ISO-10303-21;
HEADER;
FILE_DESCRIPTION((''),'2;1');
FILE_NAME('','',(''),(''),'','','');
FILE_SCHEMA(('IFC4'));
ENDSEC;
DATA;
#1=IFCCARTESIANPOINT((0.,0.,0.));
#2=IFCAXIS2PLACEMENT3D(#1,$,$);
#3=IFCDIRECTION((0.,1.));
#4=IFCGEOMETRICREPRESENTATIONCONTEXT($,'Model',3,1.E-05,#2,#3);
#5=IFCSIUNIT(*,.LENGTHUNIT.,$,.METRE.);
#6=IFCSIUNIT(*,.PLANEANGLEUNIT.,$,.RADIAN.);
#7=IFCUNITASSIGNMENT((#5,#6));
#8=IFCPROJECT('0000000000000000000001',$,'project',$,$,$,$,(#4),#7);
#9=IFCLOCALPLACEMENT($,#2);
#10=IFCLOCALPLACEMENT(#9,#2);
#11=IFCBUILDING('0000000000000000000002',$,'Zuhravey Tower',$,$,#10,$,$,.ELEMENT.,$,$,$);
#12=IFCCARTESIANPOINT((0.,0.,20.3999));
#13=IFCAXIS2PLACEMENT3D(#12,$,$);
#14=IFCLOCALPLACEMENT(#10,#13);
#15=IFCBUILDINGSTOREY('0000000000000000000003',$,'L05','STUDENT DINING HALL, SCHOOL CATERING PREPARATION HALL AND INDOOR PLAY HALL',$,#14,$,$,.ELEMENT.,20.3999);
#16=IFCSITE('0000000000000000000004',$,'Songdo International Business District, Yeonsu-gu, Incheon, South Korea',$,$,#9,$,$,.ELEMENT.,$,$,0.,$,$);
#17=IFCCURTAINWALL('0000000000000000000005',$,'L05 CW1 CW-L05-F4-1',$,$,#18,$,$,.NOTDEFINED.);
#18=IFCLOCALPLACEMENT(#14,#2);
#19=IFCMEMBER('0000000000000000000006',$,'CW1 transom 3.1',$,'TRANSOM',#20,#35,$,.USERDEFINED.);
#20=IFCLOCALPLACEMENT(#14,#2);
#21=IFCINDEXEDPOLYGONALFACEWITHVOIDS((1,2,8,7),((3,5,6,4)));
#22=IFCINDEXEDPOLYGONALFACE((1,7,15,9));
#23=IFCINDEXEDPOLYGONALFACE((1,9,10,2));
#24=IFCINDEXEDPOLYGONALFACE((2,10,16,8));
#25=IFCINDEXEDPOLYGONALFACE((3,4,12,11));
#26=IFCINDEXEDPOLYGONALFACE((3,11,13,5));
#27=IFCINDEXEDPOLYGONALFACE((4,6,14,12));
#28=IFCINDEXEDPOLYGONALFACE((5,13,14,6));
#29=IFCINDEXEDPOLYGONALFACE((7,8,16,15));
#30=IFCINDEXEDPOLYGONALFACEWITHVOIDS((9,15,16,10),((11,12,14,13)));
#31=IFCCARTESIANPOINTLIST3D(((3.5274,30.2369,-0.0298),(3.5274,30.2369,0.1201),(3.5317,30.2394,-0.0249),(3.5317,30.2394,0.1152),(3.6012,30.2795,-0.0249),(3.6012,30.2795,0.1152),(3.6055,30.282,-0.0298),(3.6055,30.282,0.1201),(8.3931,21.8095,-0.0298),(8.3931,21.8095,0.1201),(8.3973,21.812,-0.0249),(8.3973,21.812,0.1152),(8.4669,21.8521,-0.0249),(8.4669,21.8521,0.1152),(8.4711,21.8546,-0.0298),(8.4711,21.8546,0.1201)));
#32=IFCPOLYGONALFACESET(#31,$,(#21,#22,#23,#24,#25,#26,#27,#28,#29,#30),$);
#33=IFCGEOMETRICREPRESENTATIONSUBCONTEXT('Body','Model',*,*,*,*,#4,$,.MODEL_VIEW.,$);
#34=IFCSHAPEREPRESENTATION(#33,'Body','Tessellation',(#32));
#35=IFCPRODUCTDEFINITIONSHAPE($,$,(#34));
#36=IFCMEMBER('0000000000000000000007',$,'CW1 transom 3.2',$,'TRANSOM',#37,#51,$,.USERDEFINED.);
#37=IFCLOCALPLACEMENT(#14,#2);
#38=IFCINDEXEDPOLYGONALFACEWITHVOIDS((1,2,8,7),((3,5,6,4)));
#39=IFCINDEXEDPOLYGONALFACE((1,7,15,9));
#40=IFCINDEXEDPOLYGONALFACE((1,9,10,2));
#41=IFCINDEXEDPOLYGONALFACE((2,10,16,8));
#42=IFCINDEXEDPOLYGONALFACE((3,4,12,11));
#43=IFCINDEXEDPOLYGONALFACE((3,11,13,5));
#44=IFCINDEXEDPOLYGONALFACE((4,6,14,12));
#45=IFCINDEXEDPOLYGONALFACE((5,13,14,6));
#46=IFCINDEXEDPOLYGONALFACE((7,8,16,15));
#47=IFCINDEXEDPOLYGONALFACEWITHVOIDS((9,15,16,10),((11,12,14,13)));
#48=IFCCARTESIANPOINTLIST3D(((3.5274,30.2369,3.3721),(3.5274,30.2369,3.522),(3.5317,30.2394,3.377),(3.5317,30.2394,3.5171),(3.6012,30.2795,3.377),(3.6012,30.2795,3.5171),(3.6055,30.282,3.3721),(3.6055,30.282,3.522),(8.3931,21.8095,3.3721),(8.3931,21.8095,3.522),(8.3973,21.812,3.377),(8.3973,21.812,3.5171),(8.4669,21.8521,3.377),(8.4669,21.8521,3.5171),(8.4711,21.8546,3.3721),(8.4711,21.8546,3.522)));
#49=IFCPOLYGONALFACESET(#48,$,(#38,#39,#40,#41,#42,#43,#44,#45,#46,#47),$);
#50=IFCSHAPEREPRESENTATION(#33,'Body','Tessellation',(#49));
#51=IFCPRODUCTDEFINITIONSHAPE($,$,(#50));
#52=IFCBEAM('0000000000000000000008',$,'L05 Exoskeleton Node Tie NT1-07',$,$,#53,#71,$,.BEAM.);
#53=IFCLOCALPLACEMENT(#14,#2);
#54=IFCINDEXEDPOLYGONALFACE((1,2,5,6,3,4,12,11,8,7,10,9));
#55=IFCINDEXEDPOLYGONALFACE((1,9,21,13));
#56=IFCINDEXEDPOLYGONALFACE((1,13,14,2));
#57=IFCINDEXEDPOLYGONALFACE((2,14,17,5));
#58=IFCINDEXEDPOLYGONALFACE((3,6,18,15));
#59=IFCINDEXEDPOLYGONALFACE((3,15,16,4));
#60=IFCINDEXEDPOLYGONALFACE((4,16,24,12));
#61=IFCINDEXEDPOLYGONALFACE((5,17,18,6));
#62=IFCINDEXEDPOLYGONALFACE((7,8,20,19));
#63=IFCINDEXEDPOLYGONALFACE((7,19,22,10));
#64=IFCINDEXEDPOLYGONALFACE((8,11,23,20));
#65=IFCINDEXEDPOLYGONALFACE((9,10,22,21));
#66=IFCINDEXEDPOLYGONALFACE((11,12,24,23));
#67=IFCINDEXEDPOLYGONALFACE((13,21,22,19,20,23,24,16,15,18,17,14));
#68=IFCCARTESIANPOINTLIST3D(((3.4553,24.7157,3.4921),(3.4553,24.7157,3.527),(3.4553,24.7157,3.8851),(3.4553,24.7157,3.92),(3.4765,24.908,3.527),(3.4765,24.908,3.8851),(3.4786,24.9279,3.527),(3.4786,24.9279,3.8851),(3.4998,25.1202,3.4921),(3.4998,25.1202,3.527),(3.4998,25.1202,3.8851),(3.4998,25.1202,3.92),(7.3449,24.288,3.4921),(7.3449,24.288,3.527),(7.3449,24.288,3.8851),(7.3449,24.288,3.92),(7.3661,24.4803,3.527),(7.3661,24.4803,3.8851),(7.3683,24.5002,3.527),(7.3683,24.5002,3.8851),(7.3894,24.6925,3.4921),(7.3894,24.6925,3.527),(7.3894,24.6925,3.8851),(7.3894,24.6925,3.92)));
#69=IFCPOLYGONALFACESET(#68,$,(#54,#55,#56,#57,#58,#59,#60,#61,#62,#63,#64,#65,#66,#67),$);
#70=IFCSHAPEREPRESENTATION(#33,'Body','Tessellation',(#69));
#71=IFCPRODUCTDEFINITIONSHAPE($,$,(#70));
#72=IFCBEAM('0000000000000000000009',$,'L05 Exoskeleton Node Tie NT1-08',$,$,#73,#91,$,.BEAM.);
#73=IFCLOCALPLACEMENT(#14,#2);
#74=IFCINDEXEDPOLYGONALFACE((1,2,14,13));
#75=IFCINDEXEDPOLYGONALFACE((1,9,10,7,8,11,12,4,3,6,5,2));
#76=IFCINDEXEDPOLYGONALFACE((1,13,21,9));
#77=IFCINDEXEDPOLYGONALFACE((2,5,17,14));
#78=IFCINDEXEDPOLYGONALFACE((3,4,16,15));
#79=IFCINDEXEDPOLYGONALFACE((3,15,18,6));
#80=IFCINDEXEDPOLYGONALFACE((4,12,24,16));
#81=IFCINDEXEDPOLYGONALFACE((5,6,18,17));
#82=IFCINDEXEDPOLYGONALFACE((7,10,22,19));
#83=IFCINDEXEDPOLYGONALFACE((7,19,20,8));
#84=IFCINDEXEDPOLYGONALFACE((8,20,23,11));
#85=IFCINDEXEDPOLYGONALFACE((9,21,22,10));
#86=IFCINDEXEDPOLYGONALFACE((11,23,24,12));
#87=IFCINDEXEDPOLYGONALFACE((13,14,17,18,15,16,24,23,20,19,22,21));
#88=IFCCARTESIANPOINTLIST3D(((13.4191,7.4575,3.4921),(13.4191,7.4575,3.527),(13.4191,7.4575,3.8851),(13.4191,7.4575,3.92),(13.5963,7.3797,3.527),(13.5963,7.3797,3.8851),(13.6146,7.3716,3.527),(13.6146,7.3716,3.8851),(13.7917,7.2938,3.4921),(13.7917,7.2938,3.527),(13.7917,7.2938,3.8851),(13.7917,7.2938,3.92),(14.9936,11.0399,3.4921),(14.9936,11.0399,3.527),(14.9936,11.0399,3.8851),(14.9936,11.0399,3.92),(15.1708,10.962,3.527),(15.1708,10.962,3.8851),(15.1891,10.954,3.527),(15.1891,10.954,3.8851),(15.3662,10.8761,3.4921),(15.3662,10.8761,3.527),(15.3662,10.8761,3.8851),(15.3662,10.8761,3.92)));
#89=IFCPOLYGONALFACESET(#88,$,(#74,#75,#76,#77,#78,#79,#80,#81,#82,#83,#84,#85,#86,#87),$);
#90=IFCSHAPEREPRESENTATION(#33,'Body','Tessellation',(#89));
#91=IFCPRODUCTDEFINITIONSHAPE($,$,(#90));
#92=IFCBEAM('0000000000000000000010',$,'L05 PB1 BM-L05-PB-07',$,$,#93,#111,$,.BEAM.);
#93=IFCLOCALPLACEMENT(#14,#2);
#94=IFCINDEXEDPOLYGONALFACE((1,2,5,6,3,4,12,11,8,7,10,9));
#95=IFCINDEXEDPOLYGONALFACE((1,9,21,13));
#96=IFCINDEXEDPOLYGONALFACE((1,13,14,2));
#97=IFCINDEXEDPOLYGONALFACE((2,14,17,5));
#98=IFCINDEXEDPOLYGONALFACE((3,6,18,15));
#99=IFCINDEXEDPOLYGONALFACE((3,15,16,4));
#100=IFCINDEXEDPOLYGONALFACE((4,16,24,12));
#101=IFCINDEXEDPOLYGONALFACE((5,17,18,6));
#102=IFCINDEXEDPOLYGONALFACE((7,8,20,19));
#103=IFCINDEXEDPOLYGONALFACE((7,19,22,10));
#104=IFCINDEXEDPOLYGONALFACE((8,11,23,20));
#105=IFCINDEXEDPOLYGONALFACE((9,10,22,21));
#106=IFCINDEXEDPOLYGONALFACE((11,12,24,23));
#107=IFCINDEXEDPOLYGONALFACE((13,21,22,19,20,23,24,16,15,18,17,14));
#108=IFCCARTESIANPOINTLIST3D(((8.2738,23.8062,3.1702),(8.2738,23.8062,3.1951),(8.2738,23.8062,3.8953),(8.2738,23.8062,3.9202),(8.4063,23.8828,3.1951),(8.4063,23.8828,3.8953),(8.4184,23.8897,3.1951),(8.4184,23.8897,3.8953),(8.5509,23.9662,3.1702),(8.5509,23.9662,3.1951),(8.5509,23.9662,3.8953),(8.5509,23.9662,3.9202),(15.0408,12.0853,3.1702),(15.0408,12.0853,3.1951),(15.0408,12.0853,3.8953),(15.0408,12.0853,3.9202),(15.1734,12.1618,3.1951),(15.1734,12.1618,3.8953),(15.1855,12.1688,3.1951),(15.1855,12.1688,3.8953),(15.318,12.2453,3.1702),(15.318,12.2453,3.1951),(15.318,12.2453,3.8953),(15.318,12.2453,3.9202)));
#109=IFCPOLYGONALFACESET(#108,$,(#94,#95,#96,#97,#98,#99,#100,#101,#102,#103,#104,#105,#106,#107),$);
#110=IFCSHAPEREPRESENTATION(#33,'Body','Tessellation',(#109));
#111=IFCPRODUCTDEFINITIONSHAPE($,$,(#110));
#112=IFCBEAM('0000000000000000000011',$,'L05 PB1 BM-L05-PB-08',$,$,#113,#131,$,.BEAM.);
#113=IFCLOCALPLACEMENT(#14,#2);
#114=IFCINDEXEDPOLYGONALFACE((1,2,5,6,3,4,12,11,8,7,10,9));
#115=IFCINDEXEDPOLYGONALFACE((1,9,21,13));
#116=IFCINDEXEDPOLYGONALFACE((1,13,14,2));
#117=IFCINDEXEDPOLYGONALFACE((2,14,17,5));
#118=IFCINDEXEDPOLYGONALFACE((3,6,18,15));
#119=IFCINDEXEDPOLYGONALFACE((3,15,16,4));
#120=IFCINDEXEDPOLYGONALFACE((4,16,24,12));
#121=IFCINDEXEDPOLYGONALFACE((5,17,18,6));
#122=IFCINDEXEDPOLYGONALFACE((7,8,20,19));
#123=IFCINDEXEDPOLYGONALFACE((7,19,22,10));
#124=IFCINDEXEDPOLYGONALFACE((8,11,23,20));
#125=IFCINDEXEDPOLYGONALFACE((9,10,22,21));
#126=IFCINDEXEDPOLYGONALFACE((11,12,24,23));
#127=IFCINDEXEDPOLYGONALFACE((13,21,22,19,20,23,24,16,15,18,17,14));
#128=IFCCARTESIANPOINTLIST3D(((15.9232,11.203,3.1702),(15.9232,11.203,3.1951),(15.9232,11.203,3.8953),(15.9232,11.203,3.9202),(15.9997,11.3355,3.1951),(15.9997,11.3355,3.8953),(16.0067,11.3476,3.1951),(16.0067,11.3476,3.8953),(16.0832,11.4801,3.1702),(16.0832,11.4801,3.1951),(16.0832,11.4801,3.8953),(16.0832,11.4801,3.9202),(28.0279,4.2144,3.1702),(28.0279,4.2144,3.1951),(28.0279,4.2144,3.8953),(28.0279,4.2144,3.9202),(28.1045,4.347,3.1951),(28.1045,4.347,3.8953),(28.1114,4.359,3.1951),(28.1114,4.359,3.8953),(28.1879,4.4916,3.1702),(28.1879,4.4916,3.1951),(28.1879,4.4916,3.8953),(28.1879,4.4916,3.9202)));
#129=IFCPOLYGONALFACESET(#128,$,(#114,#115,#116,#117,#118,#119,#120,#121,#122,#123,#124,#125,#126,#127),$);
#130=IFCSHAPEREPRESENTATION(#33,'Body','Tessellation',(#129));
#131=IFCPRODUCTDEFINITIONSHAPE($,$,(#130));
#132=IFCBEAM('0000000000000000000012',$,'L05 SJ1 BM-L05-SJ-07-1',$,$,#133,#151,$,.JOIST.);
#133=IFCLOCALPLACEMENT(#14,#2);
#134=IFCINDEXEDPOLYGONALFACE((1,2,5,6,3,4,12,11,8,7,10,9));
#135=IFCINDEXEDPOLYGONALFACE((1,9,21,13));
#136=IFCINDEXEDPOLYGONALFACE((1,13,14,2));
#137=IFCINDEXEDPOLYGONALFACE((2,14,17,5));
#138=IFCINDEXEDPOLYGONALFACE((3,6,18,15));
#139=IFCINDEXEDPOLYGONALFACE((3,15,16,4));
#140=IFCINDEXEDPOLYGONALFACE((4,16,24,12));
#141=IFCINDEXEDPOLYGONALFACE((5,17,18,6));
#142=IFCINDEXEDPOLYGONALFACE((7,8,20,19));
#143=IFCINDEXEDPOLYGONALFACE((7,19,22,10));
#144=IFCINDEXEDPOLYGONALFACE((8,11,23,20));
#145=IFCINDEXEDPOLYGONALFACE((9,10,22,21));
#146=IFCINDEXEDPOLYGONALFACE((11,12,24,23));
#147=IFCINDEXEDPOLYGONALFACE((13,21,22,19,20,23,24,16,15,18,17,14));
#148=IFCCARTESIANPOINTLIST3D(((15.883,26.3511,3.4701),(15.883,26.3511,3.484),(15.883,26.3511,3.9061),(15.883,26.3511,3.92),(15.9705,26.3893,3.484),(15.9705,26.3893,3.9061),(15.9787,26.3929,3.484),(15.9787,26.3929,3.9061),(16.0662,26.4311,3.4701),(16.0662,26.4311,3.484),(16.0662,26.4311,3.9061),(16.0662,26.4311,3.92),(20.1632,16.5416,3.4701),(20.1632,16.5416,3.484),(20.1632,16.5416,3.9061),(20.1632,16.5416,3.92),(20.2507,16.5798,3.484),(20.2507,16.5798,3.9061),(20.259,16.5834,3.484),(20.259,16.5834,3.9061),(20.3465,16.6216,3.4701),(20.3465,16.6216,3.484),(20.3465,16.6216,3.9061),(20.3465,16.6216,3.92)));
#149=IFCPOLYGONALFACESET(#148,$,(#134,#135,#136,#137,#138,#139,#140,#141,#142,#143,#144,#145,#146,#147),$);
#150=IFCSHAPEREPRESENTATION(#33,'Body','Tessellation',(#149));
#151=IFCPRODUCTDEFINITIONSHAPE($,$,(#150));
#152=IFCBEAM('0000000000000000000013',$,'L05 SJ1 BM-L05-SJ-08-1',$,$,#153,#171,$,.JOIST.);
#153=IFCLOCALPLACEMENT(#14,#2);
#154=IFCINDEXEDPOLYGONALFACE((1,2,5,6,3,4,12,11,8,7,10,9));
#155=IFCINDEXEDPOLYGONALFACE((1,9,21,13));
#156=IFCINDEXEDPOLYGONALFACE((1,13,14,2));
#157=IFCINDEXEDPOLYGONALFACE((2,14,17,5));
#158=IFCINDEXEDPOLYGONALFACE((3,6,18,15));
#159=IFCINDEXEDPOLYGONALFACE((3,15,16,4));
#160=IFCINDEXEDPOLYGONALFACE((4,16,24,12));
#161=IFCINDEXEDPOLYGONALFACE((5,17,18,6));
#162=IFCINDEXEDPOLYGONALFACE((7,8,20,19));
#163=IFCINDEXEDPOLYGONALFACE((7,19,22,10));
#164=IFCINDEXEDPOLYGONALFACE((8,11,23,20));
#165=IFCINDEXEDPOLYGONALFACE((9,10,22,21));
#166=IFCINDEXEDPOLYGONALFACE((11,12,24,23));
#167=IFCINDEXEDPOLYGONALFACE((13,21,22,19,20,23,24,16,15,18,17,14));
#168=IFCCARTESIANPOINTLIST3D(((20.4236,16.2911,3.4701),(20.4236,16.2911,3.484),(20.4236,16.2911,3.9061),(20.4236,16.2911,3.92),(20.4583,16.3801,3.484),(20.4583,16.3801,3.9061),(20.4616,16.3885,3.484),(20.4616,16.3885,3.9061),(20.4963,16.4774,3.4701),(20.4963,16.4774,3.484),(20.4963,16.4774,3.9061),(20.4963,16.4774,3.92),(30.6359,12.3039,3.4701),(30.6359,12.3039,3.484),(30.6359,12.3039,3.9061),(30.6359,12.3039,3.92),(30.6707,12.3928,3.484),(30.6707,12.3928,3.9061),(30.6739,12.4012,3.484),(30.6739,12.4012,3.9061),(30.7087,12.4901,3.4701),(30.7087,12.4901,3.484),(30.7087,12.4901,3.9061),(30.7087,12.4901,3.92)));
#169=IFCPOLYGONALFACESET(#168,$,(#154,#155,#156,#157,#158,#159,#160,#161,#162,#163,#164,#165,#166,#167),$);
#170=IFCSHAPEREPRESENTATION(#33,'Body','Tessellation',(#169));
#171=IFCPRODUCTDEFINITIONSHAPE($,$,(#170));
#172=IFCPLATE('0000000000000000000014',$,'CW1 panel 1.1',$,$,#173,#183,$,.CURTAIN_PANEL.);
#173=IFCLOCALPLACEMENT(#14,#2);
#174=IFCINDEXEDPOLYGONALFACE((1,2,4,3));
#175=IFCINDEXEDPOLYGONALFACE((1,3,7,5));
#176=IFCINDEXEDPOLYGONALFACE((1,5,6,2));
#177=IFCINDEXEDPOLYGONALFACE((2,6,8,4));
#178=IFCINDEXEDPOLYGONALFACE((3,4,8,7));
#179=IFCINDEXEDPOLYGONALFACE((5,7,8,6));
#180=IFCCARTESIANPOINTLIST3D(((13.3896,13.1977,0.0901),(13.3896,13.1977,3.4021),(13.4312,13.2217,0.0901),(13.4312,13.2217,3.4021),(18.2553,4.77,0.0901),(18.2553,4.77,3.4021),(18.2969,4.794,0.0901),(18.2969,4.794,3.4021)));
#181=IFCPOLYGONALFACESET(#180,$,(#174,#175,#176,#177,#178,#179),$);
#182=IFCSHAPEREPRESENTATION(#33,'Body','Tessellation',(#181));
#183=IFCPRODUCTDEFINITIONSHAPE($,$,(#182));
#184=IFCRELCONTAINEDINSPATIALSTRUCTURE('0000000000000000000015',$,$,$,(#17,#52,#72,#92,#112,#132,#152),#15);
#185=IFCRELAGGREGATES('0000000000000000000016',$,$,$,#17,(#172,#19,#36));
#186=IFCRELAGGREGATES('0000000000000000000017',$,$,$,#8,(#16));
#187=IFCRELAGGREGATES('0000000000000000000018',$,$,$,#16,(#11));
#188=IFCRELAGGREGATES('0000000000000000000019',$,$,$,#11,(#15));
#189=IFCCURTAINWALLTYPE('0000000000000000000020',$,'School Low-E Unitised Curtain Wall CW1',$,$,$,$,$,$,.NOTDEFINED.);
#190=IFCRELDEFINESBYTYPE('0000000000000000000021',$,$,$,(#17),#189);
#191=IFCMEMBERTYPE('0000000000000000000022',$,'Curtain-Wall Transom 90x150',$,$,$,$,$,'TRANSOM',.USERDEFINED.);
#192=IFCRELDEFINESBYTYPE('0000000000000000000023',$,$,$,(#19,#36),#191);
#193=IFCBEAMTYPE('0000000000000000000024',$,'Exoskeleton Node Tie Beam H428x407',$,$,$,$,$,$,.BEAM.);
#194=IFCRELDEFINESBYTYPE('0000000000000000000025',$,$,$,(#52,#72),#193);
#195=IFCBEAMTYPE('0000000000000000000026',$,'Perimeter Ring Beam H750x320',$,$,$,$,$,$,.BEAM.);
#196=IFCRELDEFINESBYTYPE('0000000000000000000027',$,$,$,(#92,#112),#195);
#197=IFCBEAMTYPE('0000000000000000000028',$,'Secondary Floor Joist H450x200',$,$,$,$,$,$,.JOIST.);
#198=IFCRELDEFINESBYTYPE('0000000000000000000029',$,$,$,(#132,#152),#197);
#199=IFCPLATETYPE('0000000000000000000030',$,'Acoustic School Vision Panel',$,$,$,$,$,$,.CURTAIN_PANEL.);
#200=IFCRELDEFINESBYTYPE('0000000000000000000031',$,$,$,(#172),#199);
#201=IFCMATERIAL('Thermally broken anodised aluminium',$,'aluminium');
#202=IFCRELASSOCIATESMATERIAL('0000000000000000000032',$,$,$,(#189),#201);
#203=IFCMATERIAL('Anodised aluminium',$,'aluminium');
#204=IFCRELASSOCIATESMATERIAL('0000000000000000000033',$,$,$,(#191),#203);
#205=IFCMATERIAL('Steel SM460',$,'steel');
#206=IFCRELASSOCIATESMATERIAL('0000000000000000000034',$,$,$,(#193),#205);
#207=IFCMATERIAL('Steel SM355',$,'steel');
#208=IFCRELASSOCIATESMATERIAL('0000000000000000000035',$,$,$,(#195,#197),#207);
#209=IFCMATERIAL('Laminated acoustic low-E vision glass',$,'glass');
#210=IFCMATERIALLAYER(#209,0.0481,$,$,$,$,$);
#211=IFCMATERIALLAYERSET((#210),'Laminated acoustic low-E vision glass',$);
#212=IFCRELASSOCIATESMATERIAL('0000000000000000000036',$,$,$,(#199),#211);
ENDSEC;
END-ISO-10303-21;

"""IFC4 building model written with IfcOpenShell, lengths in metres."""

from ifc_helpers import new_model, si_unit, direction, frame, origin, origin_2d, place, context, subcontext, project, spatial, rectangle, hollow_rectangle, i_section, extrude, material, layer, layer_set, material_profile, profile_set, type_object, element, aggregate, save


model = new_model("IFC4")

# Units and contexts
model_context = context("Model", 3, precision=1e-05, world=origin(), true_north=direction((0.0, 1.0)))
body_context = subcontext(model_context, "Body", "Model", "MODEL_VIEW")
ifc_project = project(units=[si_unit("LENGTHUNIT", "METRE"), si_unit("PLANEANGLEUNIT", "RADIAN")], contexts=[model_context])

# Site, building, storey
site_placement = place(None, origin())
site = spatial("IfcSite", under=ifc_project, at=site_placement, Name="Songdo International Business District, Yeonsu-gu, Incheon, South Korea", CompositionType="ELEMENT", RefElevation=0.0)
building_placement = place(site_placement, origin())
building = spatial("IfcBuilding", under=site, at=building_placement, Name="Zuhravey Tower", CompositionType="ELEMENT")
storey_placement = place(building_placement, frame((0.0, 0.0, 20.3999)))
storey = spatial("IfcBuildingStorey", under=building, at=storey_placement, Name="L05", Description="STUDENT DINING HALL, SCHOOL CATERING PREPARATION HALL AND INDOOR PLAY HALL", CompositionType="ELEMENT", Elevation=20.3999)

# Shared definitions
ifc_material_1 = material(Name="Thermally broken anodised aluminium", Category="aluminium")
curtain_wall_type = type_object("IfcCurtainWallType", Name="School Low-E Unitised Curtain Wall CW1", PredefinedType="NOTDEFINED", material=ifc_material_1)
ifc_material_2 = material(Name="Anodised aluminium", Category="aluminium")

# Curtain wall, members
curtain_wall_1_placement = place(storey_placement, origin())
curtain_wall_1 = element("IfcCurtainWall", 1, at=curtain_wall_1_placement, inside=storey, type_object=curtain_wall_type, Name="L05 CW1 CW-L05-F4-1", PredefinedType="NOTDEFINED")
ifc_material_profile_1 = material_profile(ifc_material_2, hollow_rectangle(XDim=0.0901, YDim=0.1499, WallThickness=0.0049, at=origin_2d()), Name="ALU-RHS-90x150x5")
ifc_profile_set_1 = profile_set([ifc_material_profile_1], Name="Anodised aluminium")
member_type_1 = type_object("IfcMemberType", Name="Curtain-Wall Transom 90x150", ElementType="TRANSOM", PredefinedType="USERDEFINED", material=ifc_profile_set_1)
member_1_placement = place(storey_placement, frame((8.4321, 21.832, 0.0452), z_axis=(-0.500008, 0.866021, 0.0), x_axis=(-0.866021, -0.500008, 0.0)))
member_1 = element("IfcMember", 2, at=member_1_placement, type_object=member_type_1, Name="CW1 transom 3.1", ObjectType="TRANSOM", PredefinedType="USERDEFINED", context=body_context, shape_type="SweptSolid", body=[
    extrude(hollow_rectangle(XDim=0.0901, YDim=0.1499, WallThickness=0.0049, at=origin_2d()), origin(), (0.0, 0.0, 1.0), 9.7312),
])
member_2_placement = place(storey_placement, frame((8.4321, 21.832, 3.447), z_axis=(-0.500008, 0.866021, 0.0), x_axis=(-0.866021, -0.500008, 0.0)))
member_2 = element("IfcMember", 3, at=member_2_placement, type_object=member_type_1, Name="CW1 transom 3.2", ObjectType="TRANSOM", PredefinedType="USERDEFINED", context=body_context, shape_type="SweptSolid", body=[
    extrude(hollow_rectangle(XDim=0.0901, YDim=0.1499, WallThickness=0.0049, at=origin_2d()), origin(), (0.0, 0.0, 1.0), 9.7312),
])

# Beams
ifc_material_3 = material(Name="Steel SM460", Category="steel")
ifc_material_profile_2 = material_profile(ifc_material_3, i_section(OverallWidth=0.407, OverallDepth=0.428, WebThickness=0.02, FlangeThickness=0.0349, at=origin_2d()), Name="H-428x407x20x35")
ifc_profile_set_2 = profile_set([ifc_material_profile_2], Name="Steel SM460")
beam_type_1 = type_object("IfcBeamType", Name="Exoskeleton Node Tie Beam H428x407", PredefinedType="BEAM", material=ifc_profile_set_2)
for number, where, z_axis, x_axis, name in (
    (4, (7.3672, 24.4902, 3.7061), (-0.994008, 0.109308, 0.0), (-0.109308, -0.994008, 0.0), "L05 Exoskeleton Node Tie NT1-07"),
    (5, (15.1799, 10.958, 3.7061), (-0.402366, -0.915479, 0.0), (0.915479, -0.402366, 0.0), "L05 Exoskeleton Node Tie NT1-08"),
):
    element("IfcBeam", number, at=place(storey_placement, frame(where, z_axis=z_axis, x_axis=x_axis)), inside=storey, type_object=beam_type_1, Name=name, PredefinedType="BEAM", context=body_context, shape_type="SweptSolid", body=[
        extrude(i_section(OverallWidth=0.407, OverallDepth=0.428, WebThickness=0.02, FlangeThickness=0.0349, at=origin_2d()), origin(), (0.0, 0.0, 1.0), 3.9131),
    ])
ifc_material_4 = material(Name="Steel SM355", Category="steel")
ifc_material_profile_3 = material_profile(ifc_material_4, i_section(OverallWidth=0.3201, OverallDepth=0.75, WebThickness=0.0139, FlangeThickness=0.0249, at=origin_2d()), Name="H-750x320x14x25")
ifc_profile_set_3 = profile_set([ifc_material_profile_3], Name="Steel SM355")
beam_type_2 = type_object("IfcBeamType", Name="Perimeter Ring Beam H750x320", PredefinedType="BEAM", material=ifc_profile_set_3)
beam_1_placement = place(storey_placement, frame((8.4124, 23.8862, 3.5452), z_axis=(0.5, -0.866025, 0.0), x_axis=(0.866025, 0.5, 0.0)))
element("IfcBeam", 6, at=beam_1_placement, inside=storey, type_object=beam_type_2, Name="L05 PB1 BM-L05-PB-07", PredefinedType="BEAM", context=body_context, shape_type="SweptSolid", body=[
    extrude(i_section(OverallWidth=0.3201, OverallDepth=0.75, WebThickness=0.0139, FlangeThickness=0.0249, at=origin_2d()), origin(), (0.0, 0.0, 1.0), 13.5342),
])
beam_2_placement = place(storey_placement, frame((16.0032, 11.3416, 3.5452), z_axis=(0.86603, -0.499992, 0.0), x_axis=(0.499992, 0.86603, 0.0)))
element("IfcBeam", 7, at=beam_2_placement, inside=storey, type_object=beam_type_2, Name="L05 PB1 BM-L05-PB-08", PredefinedType="BEAM", context=body_context, shape_type="SweptSolid", body=[
    extrude(i_section(OverallWidth=0.3201, OverallDepth=0.75, WebThickness=0.0139, FlangeThickness=0.0249, at=origin_2d()), origin(), (0.0, 0.0, 1.0), 13.9773),
])
ifc_material_profile_4 = material_profile(ifc_material_4, i_section(OverallWidth=0.2, OverallDepth=0.45, WebThickness=0.009, FlangeThickness=0.0139, at=origin_2d()), Name="H-450x200x9x14")
ifc_profile_set_4 = profile_set([ifc_material_profile_4], Name="Steel SM355")
beam_type_3 = type_object("IfcBeamType", Name="Secondary Floor Joist H450x200", PredefinedType="JOIST", material=ifc_profile_set_4)
beam_3_placement = place(storey_placement, frame((15.9746, 26.3911, 3.6951), z_axis=(0.399924, -0.916549, 0.0), x_axis=(0.916549, 0.399924, 0.0)))
element("IfcBeam", 8, at=beam_3_placement, inside=storey, type_object=beam_type_3, Name="L05 SJ1 BM-L05-SJ-07-1", PredefinedType="JOIST", context=body_context, shape_type="SweptSolid", body=[
    extrude(i_section(OverallWidth=0.2, OverallDepth=0.45, WebThickness=0.009, FlangeThickness=0.0139, at=origin_2d()), origin(), (0.0, 0.0, 1.0), 10.7026),
])
beam_4_placement = place(storey_placement, frame((20.46, 16.3843, 3.6951), z_axis=(0.931517, -0.363699, 0.0), x_axis=(0.363699, 0.931517, 0.0)))
element("IfcBeam", 9, at=beam_4_placement, inside=storey, type_object=beam_type_3, Name="L05 SJ1 BM-L05-SJ-08-1", PredefinedType="JOIST", context=body_context, shape_type="SweptSolid", body=[
    extrude(i_section(OverallWidth=0.2, OverallDepth=0.45, WebThickness=0.009, FlangeThickness=0.0139, at=origin_2d()), origin(), (0.0, 0.0, 1.0), 10.9631),
])

# Plate
ifc_material_5 = material(Name="Laminated acoustic low-E vision glass", Category="glass")
ifc_layer_1 = layer(ifc_material_5, 0.0481)
ifc_layer_set_1 = layer_set([ifc_layer_1], Name="Laminated acoustic low-E vision glass")
plate_type = type_object("IfcPlateType", Name="Acoustic School Vision Panel", PredefinedType="CURTAIN_PANEL", material=ifc_layer_set_1)
plate_1_placement = place(storey_placement, frame((15.8433, 8.9958, 0.0901), z_axis=(0.0, 0.0, 1.0), x_axis=(-0.5, 0.866026, 0.0)))
plate_1 = element("IfcPlate", 10, at=plate_1_placement, type_object=plate_type, Name="CW1 panel 1.1", PredefinedType="CURTAIN_PANEL", context=body_context, shape_type="SweptSolid", body=[
    extrude(rectangle(XDim=9.7314, YDim=0.0481, at=origin_2d()), origin(), (0.0, 0.0, 1.0), 3.312),
])
aggregate(curtain_wall_1, [plate_1, member_1, member_2])

save(model, "model.ifc")
